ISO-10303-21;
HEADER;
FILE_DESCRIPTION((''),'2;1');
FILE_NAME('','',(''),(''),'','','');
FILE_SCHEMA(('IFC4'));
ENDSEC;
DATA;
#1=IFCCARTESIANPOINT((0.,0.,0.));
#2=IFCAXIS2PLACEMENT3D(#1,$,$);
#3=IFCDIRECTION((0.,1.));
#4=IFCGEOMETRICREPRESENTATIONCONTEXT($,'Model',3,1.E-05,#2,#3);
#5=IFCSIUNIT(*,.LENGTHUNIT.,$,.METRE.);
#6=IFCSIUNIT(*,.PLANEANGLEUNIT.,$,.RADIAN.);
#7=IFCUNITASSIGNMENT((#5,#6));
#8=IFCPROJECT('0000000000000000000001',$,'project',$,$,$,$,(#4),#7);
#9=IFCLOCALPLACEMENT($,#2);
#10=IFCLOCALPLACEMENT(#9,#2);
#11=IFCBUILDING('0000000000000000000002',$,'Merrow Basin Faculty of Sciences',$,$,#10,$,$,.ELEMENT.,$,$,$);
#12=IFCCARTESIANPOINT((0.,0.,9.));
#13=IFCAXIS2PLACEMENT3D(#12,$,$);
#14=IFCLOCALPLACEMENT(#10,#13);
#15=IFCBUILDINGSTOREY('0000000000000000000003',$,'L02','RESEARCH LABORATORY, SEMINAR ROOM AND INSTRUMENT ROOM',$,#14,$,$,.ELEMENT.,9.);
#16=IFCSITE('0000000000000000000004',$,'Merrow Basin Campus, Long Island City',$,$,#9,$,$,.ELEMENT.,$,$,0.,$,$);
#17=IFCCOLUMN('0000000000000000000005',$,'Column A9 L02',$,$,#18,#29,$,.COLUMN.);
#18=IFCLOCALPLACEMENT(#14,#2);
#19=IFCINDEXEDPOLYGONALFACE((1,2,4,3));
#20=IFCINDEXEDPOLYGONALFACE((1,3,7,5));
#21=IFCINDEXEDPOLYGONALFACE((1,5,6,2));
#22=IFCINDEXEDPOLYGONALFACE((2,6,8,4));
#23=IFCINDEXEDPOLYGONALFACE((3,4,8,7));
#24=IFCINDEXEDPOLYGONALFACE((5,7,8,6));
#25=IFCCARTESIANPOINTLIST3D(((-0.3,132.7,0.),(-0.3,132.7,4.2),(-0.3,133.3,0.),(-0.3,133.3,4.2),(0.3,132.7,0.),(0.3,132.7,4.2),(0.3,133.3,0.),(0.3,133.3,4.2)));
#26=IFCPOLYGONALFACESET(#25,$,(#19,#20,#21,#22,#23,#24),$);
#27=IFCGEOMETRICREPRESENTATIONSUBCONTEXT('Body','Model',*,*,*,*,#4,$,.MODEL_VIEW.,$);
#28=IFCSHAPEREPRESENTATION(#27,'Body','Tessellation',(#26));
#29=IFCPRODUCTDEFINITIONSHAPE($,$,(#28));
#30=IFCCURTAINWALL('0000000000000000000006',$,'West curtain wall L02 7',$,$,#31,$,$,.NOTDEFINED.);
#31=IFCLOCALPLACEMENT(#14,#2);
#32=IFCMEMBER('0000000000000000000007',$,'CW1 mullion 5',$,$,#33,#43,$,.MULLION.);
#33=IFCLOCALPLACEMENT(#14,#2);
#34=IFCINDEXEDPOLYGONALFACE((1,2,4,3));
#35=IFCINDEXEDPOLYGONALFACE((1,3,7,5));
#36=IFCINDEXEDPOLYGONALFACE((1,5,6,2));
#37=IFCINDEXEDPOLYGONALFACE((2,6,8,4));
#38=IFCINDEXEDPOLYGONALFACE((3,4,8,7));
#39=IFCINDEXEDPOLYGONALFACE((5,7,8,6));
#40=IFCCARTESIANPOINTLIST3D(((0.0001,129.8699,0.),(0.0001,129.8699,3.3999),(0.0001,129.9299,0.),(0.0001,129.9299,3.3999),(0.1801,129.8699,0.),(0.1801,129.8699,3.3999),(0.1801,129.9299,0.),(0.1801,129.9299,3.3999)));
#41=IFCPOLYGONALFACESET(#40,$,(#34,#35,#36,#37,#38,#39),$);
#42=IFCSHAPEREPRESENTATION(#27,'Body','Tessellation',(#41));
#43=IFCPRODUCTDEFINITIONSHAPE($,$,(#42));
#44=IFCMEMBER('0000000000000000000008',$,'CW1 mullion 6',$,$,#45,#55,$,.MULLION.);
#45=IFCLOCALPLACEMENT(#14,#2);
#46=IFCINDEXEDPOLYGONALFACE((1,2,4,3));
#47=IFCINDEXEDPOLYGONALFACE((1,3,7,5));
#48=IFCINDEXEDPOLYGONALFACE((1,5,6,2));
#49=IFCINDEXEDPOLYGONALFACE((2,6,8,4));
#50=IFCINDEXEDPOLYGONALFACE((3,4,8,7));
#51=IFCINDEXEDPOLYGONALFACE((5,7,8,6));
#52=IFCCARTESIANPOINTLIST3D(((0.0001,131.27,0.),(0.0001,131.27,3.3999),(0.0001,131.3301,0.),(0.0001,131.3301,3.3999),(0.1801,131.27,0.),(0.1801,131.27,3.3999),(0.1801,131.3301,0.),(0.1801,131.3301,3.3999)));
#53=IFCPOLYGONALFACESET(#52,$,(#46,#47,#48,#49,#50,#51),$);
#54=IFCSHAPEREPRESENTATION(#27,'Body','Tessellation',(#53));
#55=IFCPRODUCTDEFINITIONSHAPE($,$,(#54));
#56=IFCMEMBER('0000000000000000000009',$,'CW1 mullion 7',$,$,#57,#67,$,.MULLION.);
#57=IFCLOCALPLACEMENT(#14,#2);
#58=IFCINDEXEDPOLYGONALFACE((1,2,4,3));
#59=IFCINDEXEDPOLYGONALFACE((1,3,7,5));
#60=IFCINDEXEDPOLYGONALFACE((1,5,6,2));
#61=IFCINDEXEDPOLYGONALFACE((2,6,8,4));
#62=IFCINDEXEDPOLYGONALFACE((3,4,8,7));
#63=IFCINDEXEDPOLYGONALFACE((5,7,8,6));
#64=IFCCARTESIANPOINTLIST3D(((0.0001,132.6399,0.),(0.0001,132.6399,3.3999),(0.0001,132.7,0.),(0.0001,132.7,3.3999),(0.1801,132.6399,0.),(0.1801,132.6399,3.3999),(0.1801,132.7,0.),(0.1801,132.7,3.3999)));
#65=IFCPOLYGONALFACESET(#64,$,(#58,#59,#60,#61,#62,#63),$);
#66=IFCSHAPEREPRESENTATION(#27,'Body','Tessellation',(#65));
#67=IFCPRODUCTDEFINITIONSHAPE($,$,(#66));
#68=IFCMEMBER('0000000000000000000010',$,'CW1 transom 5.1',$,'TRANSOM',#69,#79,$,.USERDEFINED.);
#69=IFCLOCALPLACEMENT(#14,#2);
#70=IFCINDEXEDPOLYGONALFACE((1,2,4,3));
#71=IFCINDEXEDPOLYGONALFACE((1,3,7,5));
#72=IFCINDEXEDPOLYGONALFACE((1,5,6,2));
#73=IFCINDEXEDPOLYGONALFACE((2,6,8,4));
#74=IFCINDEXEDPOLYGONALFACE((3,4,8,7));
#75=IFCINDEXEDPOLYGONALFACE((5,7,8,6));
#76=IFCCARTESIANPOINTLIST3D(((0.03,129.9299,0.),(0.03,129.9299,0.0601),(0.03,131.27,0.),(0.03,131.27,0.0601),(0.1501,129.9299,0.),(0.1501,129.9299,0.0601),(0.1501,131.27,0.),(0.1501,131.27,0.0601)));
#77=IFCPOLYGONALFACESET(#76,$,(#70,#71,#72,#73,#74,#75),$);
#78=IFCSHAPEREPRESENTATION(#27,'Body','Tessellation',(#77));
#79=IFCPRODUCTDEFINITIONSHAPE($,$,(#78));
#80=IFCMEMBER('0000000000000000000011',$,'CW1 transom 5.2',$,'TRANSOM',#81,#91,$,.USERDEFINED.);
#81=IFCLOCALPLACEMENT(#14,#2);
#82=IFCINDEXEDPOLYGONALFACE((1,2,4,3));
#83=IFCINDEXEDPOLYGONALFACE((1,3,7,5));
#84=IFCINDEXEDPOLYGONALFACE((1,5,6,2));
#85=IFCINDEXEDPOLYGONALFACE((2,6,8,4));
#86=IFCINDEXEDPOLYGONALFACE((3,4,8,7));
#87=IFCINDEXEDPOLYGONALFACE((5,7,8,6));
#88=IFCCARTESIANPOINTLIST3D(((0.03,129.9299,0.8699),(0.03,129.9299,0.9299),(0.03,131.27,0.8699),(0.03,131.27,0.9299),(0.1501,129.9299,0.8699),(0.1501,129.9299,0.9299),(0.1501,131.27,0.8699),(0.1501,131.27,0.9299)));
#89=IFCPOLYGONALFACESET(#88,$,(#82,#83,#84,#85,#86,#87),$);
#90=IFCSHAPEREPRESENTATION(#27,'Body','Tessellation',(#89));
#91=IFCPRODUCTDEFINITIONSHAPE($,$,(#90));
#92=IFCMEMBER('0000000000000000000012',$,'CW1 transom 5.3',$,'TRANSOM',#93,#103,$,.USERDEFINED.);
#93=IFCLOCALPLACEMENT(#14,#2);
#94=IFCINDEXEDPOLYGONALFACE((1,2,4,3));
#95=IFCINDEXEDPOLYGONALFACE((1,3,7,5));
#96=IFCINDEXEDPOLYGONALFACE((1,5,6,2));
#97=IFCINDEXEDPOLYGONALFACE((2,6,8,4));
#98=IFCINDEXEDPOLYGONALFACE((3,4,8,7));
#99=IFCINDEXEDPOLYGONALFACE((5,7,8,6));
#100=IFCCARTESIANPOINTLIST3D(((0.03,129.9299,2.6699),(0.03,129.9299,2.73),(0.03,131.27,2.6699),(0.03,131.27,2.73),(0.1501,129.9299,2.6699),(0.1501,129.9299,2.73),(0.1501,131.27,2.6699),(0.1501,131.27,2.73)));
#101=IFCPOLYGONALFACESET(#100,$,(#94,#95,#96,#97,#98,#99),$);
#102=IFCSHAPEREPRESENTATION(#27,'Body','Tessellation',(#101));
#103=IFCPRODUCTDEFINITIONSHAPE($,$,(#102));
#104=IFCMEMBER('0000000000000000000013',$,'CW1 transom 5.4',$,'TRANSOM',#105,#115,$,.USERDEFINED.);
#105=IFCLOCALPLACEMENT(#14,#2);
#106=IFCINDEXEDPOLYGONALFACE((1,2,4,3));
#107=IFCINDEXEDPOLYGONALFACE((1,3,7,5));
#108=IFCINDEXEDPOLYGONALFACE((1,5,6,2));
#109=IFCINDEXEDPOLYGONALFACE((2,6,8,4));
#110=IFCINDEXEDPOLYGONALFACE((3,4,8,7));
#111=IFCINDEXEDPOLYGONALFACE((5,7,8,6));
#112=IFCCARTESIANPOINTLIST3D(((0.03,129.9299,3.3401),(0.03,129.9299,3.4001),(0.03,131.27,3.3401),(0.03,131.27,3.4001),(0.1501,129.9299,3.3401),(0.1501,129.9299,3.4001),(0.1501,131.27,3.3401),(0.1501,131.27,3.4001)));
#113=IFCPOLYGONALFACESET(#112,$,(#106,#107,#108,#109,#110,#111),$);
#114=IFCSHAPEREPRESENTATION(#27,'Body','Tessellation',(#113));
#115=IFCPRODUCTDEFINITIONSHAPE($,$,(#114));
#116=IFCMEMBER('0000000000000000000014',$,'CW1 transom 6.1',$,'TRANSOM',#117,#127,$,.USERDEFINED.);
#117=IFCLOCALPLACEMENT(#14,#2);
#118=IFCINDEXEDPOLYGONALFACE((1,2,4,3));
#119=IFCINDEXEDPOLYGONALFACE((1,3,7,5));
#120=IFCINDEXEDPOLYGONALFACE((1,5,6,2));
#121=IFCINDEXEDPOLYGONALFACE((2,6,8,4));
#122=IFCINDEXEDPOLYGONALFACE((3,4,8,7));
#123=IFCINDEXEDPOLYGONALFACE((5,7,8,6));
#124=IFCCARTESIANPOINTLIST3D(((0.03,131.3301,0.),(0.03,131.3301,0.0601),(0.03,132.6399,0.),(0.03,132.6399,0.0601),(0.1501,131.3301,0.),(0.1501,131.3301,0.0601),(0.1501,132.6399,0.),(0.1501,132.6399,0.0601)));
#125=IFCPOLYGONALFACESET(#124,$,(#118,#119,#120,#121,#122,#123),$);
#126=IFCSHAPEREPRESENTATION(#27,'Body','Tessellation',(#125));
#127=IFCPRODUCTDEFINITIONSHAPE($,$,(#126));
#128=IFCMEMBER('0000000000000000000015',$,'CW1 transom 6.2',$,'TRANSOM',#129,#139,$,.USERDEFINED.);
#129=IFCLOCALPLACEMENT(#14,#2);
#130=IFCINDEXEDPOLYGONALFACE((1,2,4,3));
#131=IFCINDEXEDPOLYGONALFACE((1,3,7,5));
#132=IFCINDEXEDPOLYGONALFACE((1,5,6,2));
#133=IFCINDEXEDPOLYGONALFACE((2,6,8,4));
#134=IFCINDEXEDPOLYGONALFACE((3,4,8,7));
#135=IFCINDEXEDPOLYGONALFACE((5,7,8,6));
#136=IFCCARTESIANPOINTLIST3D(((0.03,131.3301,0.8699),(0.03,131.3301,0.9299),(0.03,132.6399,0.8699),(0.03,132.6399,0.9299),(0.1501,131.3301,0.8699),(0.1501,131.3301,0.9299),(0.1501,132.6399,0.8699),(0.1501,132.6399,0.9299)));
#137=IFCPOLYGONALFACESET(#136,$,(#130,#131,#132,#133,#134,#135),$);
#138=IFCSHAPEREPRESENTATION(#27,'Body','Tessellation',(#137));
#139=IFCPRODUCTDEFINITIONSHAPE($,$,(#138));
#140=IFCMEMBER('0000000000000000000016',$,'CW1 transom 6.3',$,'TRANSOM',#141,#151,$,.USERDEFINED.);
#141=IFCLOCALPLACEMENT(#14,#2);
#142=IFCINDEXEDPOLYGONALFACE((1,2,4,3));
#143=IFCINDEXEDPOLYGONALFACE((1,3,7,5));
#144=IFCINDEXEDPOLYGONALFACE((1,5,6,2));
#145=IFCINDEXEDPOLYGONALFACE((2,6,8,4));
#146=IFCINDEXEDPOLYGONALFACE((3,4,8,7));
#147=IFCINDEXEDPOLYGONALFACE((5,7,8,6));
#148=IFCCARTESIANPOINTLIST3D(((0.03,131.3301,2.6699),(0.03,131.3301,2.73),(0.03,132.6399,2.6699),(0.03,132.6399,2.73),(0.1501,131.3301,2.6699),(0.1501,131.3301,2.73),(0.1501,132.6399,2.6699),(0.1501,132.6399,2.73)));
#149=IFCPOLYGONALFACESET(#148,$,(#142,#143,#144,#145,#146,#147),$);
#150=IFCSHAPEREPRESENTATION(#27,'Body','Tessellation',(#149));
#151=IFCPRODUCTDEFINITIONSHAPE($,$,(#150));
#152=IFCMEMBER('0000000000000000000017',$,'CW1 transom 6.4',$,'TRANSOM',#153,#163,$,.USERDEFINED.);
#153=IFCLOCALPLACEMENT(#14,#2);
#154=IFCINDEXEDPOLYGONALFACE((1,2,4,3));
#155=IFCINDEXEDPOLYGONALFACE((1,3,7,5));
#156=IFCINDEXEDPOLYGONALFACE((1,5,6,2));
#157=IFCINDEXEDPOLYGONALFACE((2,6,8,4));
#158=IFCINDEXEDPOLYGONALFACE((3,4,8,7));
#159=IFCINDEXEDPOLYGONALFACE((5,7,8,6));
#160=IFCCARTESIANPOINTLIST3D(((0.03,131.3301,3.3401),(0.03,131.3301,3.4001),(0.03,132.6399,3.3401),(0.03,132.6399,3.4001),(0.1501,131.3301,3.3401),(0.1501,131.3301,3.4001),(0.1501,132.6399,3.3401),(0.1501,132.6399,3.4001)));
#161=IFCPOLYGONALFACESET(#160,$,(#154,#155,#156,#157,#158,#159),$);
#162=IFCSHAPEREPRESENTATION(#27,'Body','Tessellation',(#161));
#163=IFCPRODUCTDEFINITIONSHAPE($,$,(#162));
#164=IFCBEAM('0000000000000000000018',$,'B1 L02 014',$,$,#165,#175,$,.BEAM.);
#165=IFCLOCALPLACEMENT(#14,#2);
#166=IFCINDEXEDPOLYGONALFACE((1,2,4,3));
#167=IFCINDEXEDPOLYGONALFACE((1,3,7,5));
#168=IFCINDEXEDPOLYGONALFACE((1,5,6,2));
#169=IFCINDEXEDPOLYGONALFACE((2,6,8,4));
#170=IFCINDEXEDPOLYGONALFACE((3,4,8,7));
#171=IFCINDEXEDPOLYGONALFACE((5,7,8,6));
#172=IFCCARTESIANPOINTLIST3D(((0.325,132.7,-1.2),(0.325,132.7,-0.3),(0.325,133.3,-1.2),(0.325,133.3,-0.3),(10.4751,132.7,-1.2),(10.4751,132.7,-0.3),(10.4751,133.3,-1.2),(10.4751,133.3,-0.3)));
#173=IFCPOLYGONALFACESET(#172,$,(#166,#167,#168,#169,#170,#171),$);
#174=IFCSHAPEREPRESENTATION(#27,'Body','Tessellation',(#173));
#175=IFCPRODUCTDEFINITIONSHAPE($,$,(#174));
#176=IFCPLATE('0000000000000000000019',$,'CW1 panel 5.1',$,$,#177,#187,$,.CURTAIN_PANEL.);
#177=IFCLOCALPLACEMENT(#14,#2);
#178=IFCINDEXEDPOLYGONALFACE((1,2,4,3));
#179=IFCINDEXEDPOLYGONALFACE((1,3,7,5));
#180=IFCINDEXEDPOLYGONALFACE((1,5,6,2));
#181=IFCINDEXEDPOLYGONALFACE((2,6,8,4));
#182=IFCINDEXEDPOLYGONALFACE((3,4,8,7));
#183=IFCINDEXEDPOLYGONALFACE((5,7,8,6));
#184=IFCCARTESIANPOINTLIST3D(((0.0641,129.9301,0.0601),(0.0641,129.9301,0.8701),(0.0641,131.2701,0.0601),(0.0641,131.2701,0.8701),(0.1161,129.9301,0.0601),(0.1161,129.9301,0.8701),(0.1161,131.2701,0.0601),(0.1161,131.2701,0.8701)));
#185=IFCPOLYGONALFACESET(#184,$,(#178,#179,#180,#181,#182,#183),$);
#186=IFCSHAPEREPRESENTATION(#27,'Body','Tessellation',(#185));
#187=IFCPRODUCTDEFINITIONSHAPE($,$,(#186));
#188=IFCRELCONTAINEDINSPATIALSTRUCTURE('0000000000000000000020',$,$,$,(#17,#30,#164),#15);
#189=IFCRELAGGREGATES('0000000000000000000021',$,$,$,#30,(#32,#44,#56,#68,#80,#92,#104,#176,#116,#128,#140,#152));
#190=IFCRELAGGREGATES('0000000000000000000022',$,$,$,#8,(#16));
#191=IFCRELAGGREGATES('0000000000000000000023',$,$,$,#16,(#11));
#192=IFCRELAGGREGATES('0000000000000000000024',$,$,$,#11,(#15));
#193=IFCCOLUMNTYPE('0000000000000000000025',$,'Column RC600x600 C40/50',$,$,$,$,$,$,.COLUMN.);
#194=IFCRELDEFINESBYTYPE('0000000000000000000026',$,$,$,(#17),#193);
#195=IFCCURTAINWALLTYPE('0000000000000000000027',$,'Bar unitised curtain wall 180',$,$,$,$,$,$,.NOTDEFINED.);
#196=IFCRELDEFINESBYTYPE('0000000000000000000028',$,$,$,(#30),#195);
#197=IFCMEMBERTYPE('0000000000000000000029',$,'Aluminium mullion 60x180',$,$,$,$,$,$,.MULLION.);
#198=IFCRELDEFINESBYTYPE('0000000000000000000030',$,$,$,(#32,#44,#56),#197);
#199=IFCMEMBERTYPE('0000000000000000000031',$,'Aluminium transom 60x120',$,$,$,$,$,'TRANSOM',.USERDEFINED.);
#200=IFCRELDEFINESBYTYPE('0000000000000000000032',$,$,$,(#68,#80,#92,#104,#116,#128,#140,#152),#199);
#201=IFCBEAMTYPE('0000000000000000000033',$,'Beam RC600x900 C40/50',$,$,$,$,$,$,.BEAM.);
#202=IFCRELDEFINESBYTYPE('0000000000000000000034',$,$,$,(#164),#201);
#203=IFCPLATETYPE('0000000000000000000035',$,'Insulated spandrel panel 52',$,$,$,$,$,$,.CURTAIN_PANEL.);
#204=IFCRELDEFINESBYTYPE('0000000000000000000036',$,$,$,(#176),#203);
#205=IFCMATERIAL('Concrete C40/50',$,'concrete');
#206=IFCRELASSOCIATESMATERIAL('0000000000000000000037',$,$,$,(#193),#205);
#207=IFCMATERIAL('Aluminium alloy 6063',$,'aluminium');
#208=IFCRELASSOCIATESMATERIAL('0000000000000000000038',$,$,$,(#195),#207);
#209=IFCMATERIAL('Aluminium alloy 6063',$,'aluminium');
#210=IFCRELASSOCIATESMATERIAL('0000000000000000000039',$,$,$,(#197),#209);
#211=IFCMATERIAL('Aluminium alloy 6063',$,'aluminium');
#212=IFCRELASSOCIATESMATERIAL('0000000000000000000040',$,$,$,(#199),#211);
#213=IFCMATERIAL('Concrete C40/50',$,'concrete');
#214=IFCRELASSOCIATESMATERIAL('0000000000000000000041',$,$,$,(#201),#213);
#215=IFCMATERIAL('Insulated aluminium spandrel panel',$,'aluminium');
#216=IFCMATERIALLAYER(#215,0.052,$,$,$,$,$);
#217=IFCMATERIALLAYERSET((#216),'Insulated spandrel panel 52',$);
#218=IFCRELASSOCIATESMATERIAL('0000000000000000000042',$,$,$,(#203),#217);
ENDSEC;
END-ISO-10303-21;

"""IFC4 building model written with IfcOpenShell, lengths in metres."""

from ifc_helpers import new_model, si_unit, direction, frame, origin, origin_2d, place, context, subcontext, project, spatial, rectangle, extrude, material, layer, layer_set, material_profile, profile_set, type_object, element, aggregate, save


model = new_model("IFC4")

# Units and contexts
model_context = context("Model", 3, precision=1e-05, world=origin(), true_north=direction((0.0, 1.0)))
body_context = subcontext(model_context, "Body", "Model", "MODEL_VIEW")
ifc_project = project(units=[si_unit("LENGTHUNIT", "METRE"), si_unit("PLANEANGLEUNIT", "RADIAN")], contexts=[model_context])

# Site, building, storey
site_placement = place(None, origin())
site = spatial("IfcSite", under=ifc_project, at=site_placement, Name="Merrow Basin Campus, Long Island City", CompositionType="ELEMENT", RefElevation=0.0)
building_placement = place(site_placement, origin())
building = spatial("IfcBuilding", under=site, at=building_placement, Name="Merrow Basin Faculty of Sciences", CompositionType="ELEMENT")
storey_placement = place(building_placement, frame((0.0, 0.0, 9.0)))
storey = spatial("IfcBuildingStorey", under=building, at=storey_placement, Name="L02", Description="RESEARCH LABORATORY, SEMINAR ROOM AND INSTRUMENT ROOM", CompositionType="ELEMENT", Elevation=9.0)

# Column
ifc_material_1 = material(Name="Concrete C40/50", Category="concrete")
ifc_material_profile_1 = material_profile(ifc_material_1, rectangle(XDim=0.6001, YDim=0.6001, at=origin_2d()))
ifc_profile_set_1 = profile_set([ifc_material_profile_1], Name="Concrete C40/50")
column_type = type_object("IfcColumnType", Name="Column RC600x600 C40/50", PredefinedType="COLUMN", material=ifc_profile_set_1)
column_placement = place(storey_placement, frame((0.0, 133.0, 0.0), z_axis=(0.0, 0.0, 1.0), x_axis=(1.0, 0.0, 0.0)))
element("IfcColumn", 1, at=column_placement, inside=storey, type_object=column_type, Name="Column A9 L02", PredefinedType="COLUMN", context=body_context, shape_type="SweptSolid", body=[
    extrude(rectangle(XDim=0.6001, YDim=0.6001, at=origin_2d()), origin(), (0.0, 0.0, 1.0), 4.2),
])

# Curtain wall, members
ifc_material_2 = material(Name="Aluminium alloy 6063", Category="aluminium")
curtain_wall_type = type_object("IfcCurtainWallType", Name="Bar unitised curtain wall 180", PredefinedType="NOTDEFINED", material=ifc_material_2)
curtain_wall_placement = place(storey_placement, origin())
curtain_wall = element("IfcCurtainWall", 2, at=curtain_wall_placement, inside=storey, type_object=curtain_wall_type, Name="West curtain wall L02 7", PredefinedType="NOTDEFINED")
ifc_material_3 = material(Name="Aluminium alloy 6063", Category="aluminium")
ifc_material_profile_2 = material_profile(ifc_material_3, rectangle(XDim=0.1799, YDim=0.0601, at=origin_2d()))
ifc_profile_set_2 = profile_set([ifc_material_profile_2], Name="Aluminium alloy 6063")
member_type_1 = type_object("IfcMemberType", Name="Aluminium mullion 60x180", PredefinedType="MULLION", material=ifc_profile_set_2)
member_1_placement = place(storey_placement, frame((0.0901, 129.8999, 0.0), z_axis=(0.0, 0.0, 1.0), x_axis=(-1.0, 0.0, 0.0)))
member_1 = element("IfcMember", 3, at=member_1_placement, type_object=member_type_1, Name="CW1 mullion 5", PredefinedType="MULLION", context=body_context, shape_type="SweptSolid", body=[
    extrude(rectangle(XDim=0.1799, YDim=0.0601, at=origin_2d()), origin(), (0.0, 0.0, 1.0), 3.3999),
])
member_2_placement = place(storey_placement, frame((0.0901, 131.3, 0.0), z_axis=(0.0, 0.0, 1.0), x_axis=(-1.0, 0.0, 0.0)))
member_2 = element("IfcMember", 4, at=member_2_placement, type_object=member_type_1, Name="CW1 mullion 6", PredefinedType="MULLION", context=body_context, shape_type="SweptSolid", body=[
    extrude(rectangle(XDim=0.1799, YDim=0.0601, at=origin_2d()), origin(), (0.0, 0.0, 1.0), 3.3999),
])
member_3_placement = place(storey_placement, frame((0.0901, 132.6699, 0.0), z_axis=(0.0, 0.0, 1.0), x_axis=(-1.0, 0.0, 0.0)))
member_3 = element("IfcMember", 5, at=member_3_placement, type_object=member_type_1, Name="CW1 mullion 7", PredefinedType="MULLION", context=body_context, shape_type="SweptSolid", body=[
    extrude(rectangle(XDim=0.1799, YDim=0.0601, at=origin_2d()), origin(), (0.0, 0.0, 1.0), 3.3999),
])
ifc_material_4 = material(Name="Aluminium alloy 6063", Category="aluminium")
ifc_material_profile_3 = material_profile(ifc_material_4, rectangle(XDim=0.1201, YDim=0.0601, at=origin_2d()))
ifc_profile_set_3 = profile_set([ifc_material_profile_3], Name="Aluminium alloy 6063")
member_type_2 = type_object("IfcMemberType", Name="Aluminium transom 60x120", ElementType="TRANSOM", PredefinedType="USERDEFINED", material=ifc_profile_set_3)
member_4_placement = place(storey_placement, frame((0.0901, 129.9299, 0.03), z_axis=(0.0, 1.0, 0.0), x_axis=(-1.0, 0.0, 0.0)))
member_4 = element("IfcMember", 6, at=member_4_placement, type_object=member_type_2, Name="CW1 transom 5.1", ObjectType="TRANSOM", PredefinedType="USERDEFINED", context=body_context, shape_type="SweptSolid", body=[
    extrude(rectangle(XDim=0.1201, YDim=0.0601, at=origin_2d()), origin(), (0.0, 0.0, 1.0), 1.3401),
])
member_5_placement = place(storey_placement, frame((0.0901, 129.9299, 0.8999), z_axis=(0.0, 1.0, 0.0), x_axis=(-1.0, 0.0, 0.0)))
member_5 = element("IfcMember", 7, at=member_5_placement, type_object=member_type_2, Name="CW1 transom 5.2", ObjectType="TRANSOM", PredefinedType="USERDEFINED", context=body_context, shape_type="SweptSolid", body=[
    extrude(rectangle(XDim=0.1201, YDim=0.0601, at=origin_2d()), origin(), (0.0, 0.0, 1.0), 1.3401),
])
member_6_placement = place(storey_placement, frame((0.0901, 129.9299, 2.7), z_axis=(0.0, 1.0, 0.0), x_axis=(-1.0, 0.0, 0.0)))
member_6 = element("IfcMember", 8, at=member_6_placement, type_object=member_type_2, Name="CW1 transom 5.3", ObjectType="TRANSOM", PredefinedType="USERDEFINED", context=body_context, shape_type="SweptSolid", body=[
    extrude(rectangle(XDim=0.1201, YDim=0.0601, at=origin_2d()), origin(), (0.0, 0.0, 1.0), 1.3401),
])
member_7_placement = place(storey_placement, frame((0.0901, 129.9299, 3.3701), z_axis=(0.0, 1.0, 0.0), x_axis=(-1.0, 0.0, 0.0)))
member_7 = element("IfcMember", 9, at=member_7_placement, type_object=member_type_2, Name="CW1 transom 5.4", ObjectType="TRANSOM", PredefinedType="USERDEFINED", context=body_context, shape_type="SweptSolid", body=[
    extrude(rectangle(XDim=0.1201, YDim=0.0601, at=origin_2d()), origin(), (0.0, 0.0, 1.0), 1.3401),
])
member_8_placement = place(storey_placement, frame((0.0901, 131.3301, 0.03), z_axis=(0.0, 1.0, 0.0), x_axis=(-1.0, 0.0, 0.0)))
member_8 = element("IfcMember", 10, at=member_8_placement, type_object=member_type_2, Name="CW1 transom 6.1", ObjectType="TRANSOM", PredefinedType="USERDEFINED", context=body_context, shape_type="SweptSolid", body=[
    extrude(rectangle(XDim=0.1201, YDim=0.0601, at=origin_2d()), origin(), (0.0, 0.0, 1.0), 1.3098),
])
member_9_placement = place(storey_placement, frame((0.0901, 131.3301, 0.8999), z_axis=(0.0, 1.0, 0.0), x_axis=(-1.0, 0.0, 0.0)))
member_9 = element("IfcMember", 11, at=member_9_placement, type_object=member_type_2, Name="CW1 transom 6.2", ObjectType="TRANSOM", PredefinedType="USERDEFINED", context=body_context, shape_type="SweptSolid", body=[
    extrude(rectangle(XDim=0.1201, YDim=0.0601, at=origin_2d()), origin(), (0.0, 0.0, 1.0), 1.3098),
])
member_10_placement = place(storey_placement, frame((0.0901, 131.3301, 2.7), z_axis=(0.0, 1.0, 0.0), x_axis=(-1.0, 0.0, 0.0)))
member_10 = element("IfcMember", 12, at=member_10_placement, type_object=member_type_2, Name="CW1 transom 6.3", ObjectType="TRANSOM", PredefinedType="USERDEFINED", context=body_context, shape_type="SweptSolid", body=[
    extrude(rectangle(XDim=0.1201, YDim=0.0601, at=origin_2d()), origin(), (0.0, 0.0, 1.0), 1.3098),
])
member_11_placement = place(storey_placement, frame((0.0901, 131.3301, 3.3701), z_axis=(0.0, 1.0, 0.0), x_axis=(-1.0, 0.0, 0.0)))
member_11 = element("IfcMember", 13, at=member_11_placement, type_object=member_type_2, Name="CW1 transom 6.4", ObjectType="TRANSOM", PredefinedType="USERDEFINED", context=body_context, shape_type="SweptSolid", body=[
    extrude(rectangle(XDim=0.1201, YDim=0.0601, at=origin_2d()), origin(), (0.0, 0.0, 1.0), 1.3098),
])

# Beam
ifc_material_5 = material(Name="Concrete C40/50", Category="concrete")
ifc_material_profile_4 = material_profile(ifc_material_5, rectangle(XDim=0.6001, YDim=0.8999, at=origin_2d()))
ifc_profile_set_4 = profile_set([ifc_material_profile_4], Name="Concrete C40/50")
beam_type = type_object("IfcBeamType", Name="Beam RC600x900 C40/50", PredefinedType="BEAM", material=ifc_profile_set_4)
beam_placement = place(storey_placement, frame((0.325, 133.0, -0.75), z_axis=(1.0, 0.0, 0.0), x_axis=(0.0, 1.0, 0.0)))
element("IfcBeam", 14, at=beam_placement, inside=storey, type_object=beam_type, Name="B1 L02 014", PredefinedType="BEAM", context=body_context, shape_type="SweptSolid", body=[
    extrude(rectangle(XDim=0.6001, YDim=0.8999, at=origin_2d()), origin(), (0.0, 0.0, 1.0), 10.1501),
])

# Plate
ifc_material_6 = material(Name="Insulated aluminium spandrel panel", Category="aluminium")
ifc_layer_1 = layer(ifc_material_6, 0.052)
ifc_layer_set_1 = layer_set([ifc_layer_1], Name="Insulated spandrel panel 52")
plate_type_1 = type_object("IfcPlateType", Name="Insulated spandrel panel 52", PredefinedType="CURTAIN_PANEL", material=ifc_layer_set_1)
plate_1_placement = place(storey_placement, frame((0.0901, 130.6001, 0.0601), z_axis=(0.0, 0.0, 1.0), x_axis=(0.0, 1.0, 0.0)))
plate_1 = element("IfcPlate", 15, at=plate_1_placement, type_object=plate_type_1, Name="CW1 panel 5.1", PredefinedType="CURTAIN_PANEL", context=body_context, shape_type="SweptSolid", body=[
    extrude(rectangle(XDim=1.3401, YDim=0.052, at=origin_2d()), origin(), (0.0, 0.0, 1.0), 0.8101),
])
aggregate(curtain_wall, [member_1, member_2, member_3, member_4, member_5, member_6, member_7, plate_1, member_8, member_9, member_10, member_11])

save(model, "model.ifc")
